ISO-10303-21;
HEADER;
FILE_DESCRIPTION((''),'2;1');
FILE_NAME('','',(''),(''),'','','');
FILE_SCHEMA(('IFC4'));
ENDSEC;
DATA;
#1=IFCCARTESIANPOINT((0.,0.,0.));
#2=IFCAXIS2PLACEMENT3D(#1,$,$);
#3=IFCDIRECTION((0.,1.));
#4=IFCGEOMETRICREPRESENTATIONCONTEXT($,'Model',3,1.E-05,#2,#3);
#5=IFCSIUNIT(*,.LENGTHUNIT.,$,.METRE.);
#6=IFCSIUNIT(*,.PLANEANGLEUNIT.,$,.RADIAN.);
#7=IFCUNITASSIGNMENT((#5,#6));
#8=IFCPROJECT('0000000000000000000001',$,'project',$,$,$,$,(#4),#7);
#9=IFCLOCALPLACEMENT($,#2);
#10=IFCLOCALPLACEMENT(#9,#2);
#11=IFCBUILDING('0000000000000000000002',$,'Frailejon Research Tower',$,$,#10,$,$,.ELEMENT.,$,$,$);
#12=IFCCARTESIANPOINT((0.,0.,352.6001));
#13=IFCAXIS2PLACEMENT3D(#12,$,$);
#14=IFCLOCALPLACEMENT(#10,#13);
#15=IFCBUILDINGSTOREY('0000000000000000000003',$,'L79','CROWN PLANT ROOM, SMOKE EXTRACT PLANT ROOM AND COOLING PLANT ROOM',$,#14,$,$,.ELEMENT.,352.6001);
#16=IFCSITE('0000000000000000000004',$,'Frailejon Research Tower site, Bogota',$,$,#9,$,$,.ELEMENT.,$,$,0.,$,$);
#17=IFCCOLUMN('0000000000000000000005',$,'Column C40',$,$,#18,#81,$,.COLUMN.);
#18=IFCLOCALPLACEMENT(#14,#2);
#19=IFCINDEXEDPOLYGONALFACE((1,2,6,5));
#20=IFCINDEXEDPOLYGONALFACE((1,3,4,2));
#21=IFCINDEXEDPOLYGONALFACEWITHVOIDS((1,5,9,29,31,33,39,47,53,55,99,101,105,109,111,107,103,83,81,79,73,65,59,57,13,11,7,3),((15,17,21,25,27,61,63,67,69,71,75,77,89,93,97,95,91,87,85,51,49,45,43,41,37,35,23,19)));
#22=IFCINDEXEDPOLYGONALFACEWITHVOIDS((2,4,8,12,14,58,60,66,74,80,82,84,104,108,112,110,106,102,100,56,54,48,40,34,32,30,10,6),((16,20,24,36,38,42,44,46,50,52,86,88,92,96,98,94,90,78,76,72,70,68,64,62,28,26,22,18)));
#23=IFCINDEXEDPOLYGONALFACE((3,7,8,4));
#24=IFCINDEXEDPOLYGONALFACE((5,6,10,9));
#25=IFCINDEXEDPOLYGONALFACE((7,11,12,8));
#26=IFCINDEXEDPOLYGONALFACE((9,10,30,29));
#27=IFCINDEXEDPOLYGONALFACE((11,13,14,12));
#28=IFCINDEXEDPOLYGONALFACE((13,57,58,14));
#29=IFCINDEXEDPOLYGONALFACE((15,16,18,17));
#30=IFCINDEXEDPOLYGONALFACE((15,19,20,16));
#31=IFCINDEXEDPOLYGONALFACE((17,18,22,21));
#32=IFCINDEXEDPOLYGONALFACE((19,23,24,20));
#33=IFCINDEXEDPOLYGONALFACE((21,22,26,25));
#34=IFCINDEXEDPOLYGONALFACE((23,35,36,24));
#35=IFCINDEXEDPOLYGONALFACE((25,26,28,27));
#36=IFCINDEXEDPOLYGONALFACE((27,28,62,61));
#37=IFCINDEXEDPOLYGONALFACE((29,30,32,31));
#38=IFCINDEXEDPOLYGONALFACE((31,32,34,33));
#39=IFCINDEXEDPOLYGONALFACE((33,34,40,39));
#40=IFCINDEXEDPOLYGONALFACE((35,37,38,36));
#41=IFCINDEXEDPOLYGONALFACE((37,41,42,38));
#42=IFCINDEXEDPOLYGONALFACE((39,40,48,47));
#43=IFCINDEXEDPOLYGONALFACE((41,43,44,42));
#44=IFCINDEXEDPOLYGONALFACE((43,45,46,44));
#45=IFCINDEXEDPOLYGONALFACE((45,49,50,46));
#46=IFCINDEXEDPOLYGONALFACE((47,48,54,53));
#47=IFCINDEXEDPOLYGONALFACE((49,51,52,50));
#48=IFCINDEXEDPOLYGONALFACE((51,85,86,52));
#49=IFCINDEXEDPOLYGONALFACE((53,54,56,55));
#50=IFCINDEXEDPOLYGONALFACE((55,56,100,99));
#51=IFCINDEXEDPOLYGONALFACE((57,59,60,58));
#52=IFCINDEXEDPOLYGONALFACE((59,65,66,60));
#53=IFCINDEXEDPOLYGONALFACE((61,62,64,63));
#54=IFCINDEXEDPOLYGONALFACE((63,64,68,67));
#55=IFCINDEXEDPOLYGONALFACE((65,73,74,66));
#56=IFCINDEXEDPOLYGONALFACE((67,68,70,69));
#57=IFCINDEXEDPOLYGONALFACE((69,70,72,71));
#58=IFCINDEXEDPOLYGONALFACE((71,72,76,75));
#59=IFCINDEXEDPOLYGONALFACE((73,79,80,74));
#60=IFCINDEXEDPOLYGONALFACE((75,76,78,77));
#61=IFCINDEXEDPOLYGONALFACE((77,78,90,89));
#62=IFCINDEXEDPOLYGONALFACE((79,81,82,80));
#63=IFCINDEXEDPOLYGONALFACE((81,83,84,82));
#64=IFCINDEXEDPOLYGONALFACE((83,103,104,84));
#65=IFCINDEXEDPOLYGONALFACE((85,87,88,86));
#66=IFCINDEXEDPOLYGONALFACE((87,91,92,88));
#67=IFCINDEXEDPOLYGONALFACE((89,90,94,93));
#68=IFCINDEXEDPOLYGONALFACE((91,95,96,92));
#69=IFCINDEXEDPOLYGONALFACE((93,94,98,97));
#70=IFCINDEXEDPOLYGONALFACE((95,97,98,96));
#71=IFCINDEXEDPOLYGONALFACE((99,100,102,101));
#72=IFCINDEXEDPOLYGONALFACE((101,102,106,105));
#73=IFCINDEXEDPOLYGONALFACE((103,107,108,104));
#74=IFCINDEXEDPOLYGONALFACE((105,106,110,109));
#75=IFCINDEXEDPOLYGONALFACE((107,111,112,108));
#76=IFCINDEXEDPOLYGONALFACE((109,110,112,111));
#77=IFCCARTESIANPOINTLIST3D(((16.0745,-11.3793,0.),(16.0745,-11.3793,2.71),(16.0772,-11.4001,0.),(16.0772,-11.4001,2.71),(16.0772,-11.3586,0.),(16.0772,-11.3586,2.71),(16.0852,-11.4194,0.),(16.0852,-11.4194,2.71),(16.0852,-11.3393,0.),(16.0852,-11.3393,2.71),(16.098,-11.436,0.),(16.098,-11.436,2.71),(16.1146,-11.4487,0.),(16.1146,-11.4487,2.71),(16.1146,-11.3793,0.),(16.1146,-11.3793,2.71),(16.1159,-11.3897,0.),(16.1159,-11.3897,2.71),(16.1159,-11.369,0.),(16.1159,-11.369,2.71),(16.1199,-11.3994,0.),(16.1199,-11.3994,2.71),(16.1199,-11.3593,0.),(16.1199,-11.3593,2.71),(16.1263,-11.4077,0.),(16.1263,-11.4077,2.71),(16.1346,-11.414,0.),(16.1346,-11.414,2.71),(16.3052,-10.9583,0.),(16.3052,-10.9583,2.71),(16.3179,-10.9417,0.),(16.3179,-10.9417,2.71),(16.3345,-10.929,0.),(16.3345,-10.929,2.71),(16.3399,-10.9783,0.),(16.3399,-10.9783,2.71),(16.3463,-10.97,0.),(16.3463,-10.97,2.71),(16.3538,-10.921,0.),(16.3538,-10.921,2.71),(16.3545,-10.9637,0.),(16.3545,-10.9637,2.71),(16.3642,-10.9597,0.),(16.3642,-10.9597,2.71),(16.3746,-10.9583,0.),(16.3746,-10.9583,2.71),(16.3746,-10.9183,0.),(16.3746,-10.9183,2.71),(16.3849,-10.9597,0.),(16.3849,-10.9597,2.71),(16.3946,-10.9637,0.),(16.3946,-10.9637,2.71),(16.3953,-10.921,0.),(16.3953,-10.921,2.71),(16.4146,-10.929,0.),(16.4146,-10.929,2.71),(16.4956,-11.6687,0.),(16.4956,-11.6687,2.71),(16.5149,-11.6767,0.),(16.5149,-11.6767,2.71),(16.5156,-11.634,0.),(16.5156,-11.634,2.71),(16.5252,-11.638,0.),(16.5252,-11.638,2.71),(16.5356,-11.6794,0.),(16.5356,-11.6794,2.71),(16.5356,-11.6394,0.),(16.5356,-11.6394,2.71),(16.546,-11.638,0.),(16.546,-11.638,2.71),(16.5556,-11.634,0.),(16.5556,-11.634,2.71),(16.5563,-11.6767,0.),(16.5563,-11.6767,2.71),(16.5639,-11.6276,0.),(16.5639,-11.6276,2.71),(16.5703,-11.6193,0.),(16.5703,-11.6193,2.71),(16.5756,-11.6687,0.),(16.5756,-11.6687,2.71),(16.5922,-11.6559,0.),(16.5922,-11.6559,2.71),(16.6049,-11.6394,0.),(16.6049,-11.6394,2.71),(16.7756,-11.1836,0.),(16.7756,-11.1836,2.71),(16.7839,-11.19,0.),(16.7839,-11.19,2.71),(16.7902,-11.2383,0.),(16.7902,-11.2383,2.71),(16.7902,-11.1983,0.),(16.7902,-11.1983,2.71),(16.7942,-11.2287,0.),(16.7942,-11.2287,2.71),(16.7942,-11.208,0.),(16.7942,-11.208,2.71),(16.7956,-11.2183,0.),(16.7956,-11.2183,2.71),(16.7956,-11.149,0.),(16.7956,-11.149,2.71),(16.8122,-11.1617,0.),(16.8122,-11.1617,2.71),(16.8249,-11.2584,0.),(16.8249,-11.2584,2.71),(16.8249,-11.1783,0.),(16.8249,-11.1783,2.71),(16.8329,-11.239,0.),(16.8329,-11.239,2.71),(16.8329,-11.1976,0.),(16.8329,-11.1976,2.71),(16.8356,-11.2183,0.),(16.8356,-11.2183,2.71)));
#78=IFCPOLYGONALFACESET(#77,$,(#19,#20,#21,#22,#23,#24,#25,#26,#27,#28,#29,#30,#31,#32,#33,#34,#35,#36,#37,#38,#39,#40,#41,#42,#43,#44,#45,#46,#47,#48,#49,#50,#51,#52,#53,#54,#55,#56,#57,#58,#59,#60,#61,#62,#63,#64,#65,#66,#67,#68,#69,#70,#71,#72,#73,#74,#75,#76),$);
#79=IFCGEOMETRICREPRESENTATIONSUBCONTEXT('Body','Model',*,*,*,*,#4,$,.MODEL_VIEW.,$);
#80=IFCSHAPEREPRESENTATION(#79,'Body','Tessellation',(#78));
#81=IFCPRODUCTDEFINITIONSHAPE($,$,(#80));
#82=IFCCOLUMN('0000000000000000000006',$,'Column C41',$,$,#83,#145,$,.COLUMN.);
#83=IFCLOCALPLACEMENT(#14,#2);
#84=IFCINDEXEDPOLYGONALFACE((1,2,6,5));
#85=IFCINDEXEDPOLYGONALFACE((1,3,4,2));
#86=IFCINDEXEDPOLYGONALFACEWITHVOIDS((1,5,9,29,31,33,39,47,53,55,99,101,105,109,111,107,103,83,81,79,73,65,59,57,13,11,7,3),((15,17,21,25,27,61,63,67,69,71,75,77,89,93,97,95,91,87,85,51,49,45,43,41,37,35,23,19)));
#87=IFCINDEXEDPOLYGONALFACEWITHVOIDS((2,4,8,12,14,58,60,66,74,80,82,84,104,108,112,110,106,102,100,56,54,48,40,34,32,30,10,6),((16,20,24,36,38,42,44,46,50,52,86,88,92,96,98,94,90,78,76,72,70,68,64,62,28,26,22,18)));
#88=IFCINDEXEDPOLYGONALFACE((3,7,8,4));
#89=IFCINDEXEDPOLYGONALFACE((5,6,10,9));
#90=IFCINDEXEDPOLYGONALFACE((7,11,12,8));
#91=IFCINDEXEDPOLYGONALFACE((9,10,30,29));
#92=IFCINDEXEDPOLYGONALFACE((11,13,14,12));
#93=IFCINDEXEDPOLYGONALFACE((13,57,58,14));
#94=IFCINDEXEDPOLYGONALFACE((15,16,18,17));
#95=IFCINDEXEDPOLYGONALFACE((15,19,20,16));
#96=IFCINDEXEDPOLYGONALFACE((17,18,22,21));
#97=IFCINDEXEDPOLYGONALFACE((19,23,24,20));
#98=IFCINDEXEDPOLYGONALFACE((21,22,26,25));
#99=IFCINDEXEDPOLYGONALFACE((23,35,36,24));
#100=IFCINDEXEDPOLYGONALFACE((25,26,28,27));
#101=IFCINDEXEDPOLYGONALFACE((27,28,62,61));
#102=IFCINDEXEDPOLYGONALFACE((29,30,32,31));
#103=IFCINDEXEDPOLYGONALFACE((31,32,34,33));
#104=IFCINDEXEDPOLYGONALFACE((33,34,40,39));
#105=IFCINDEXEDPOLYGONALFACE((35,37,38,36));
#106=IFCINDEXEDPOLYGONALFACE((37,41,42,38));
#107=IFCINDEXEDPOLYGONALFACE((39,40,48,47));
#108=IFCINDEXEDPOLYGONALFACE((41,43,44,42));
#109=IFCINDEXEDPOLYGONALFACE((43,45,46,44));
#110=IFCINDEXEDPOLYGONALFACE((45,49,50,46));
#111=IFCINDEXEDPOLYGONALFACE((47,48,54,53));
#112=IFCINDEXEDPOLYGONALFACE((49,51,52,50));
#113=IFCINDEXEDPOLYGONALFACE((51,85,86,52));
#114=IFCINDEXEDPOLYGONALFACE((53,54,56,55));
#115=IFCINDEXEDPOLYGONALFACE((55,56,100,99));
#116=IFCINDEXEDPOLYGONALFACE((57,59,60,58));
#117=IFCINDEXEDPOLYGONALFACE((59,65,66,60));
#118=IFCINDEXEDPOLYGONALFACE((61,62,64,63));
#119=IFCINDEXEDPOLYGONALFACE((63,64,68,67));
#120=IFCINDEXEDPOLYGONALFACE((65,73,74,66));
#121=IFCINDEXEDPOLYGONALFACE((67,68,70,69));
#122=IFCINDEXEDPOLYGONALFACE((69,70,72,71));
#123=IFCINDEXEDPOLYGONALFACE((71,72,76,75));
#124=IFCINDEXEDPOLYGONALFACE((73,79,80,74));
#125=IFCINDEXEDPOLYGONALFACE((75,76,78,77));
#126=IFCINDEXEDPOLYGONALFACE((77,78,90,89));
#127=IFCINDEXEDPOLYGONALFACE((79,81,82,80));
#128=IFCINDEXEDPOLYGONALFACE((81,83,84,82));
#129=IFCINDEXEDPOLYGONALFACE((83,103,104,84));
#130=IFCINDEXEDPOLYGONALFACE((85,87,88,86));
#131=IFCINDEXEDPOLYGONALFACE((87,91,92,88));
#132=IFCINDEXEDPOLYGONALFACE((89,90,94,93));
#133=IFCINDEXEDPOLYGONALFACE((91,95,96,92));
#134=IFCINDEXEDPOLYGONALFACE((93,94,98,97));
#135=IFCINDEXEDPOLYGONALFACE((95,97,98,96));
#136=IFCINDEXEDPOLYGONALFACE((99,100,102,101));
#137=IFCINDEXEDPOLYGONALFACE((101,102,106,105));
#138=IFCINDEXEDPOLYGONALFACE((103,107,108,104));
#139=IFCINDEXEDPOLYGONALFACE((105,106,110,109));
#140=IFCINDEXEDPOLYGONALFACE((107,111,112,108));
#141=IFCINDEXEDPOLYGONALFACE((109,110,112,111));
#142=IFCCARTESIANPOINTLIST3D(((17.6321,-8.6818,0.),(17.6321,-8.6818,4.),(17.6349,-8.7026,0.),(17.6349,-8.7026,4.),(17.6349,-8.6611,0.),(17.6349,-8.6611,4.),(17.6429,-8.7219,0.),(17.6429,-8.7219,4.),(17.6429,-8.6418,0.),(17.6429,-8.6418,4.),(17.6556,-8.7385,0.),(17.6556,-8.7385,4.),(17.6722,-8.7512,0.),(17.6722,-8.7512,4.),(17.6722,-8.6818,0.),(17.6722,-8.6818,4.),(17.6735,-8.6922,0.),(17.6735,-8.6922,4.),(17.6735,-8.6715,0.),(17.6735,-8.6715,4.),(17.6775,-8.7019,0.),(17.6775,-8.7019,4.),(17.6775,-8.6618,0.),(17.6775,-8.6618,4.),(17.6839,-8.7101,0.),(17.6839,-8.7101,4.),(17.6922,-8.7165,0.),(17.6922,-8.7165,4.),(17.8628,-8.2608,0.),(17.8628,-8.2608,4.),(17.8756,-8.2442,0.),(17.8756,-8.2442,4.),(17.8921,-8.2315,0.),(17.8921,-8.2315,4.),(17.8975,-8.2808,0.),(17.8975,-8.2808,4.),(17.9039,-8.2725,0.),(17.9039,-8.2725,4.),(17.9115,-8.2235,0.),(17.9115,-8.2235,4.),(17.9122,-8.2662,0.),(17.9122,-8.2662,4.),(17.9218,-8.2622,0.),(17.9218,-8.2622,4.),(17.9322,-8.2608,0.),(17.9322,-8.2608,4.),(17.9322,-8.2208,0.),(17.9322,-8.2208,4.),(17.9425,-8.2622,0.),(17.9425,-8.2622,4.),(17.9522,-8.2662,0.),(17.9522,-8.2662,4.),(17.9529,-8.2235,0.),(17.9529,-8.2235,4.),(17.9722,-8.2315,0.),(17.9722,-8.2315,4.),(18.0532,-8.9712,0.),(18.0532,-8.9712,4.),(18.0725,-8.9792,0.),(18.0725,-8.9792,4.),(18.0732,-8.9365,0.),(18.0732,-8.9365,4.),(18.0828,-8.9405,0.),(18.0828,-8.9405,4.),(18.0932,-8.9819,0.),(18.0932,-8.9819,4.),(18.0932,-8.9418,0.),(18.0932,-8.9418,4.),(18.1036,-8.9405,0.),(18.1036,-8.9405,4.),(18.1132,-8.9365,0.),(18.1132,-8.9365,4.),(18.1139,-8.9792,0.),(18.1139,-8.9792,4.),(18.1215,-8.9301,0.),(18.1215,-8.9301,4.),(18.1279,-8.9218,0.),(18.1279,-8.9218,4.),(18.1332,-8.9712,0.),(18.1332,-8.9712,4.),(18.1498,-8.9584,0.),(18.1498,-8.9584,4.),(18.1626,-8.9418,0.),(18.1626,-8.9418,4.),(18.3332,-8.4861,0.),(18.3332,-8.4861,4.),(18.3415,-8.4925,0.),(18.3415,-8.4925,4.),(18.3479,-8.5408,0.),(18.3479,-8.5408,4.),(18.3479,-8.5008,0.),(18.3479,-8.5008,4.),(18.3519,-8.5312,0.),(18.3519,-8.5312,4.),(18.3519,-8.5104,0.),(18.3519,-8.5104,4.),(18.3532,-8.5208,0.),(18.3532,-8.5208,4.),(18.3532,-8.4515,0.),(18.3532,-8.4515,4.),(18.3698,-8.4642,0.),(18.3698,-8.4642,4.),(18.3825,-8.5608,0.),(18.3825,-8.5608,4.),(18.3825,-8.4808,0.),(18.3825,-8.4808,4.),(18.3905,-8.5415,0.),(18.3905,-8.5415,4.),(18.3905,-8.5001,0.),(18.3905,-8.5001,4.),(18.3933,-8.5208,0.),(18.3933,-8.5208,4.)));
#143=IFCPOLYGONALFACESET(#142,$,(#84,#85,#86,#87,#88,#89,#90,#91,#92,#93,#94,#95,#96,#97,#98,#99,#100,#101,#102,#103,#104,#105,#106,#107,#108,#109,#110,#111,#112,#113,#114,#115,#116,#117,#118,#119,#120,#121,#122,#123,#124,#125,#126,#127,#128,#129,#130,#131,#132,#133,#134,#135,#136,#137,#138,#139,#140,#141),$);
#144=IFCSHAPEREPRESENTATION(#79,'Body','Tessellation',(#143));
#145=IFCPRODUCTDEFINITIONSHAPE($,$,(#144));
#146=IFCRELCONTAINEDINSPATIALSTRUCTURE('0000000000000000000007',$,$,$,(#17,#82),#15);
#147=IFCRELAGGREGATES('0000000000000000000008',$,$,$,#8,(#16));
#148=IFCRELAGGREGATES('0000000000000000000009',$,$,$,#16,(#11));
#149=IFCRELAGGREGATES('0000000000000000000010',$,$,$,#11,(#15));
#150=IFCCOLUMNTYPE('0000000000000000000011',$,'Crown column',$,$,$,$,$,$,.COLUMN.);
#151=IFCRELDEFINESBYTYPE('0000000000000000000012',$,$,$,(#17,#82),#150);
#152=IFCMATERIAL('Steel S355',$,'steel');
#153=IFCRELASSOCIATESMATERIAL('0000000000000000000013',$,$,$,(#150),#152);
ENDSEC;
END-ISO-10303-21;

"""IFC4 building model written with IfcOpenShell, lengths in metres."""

from ifc_helpers import new_model, si_unit, direction, frame, origin, origin_2d, place, context, subcontext, project, spatial, hollow_rectangle, extrude, material, material_profile, profile_set, type_object, element, save


model = new_model("IFC4")

# Units and contexts
model_context = context("Model", 3, precision=1e-05, world=origin(), true_north=direction((0.0, 1.0)))
body_context = subcontext(model_context, "Body", "Model", "MODEL_VIEW")
ifc_project = project(units=[si_unit("LENGTHUNIT", "METRE"), si_unit("PLANEANGLEUNIT", "RADIAN")], contexts=[model_context])

# Site, building, storey
site_placement = place(None, origin())
site = spatial("IfcSite", under=ifc_project, at=site_placement, Name="Frailejon Research Tower site, Bogota", CompositionType="ELEMENT", RefElevation=0.0)
building_placement = place(site_placement, origin())
building = spatial("IfcBuilding", under=site, at=building_placement, Name="Frailejon Research Tower", CompositionType="ELEMENT")
storey_placement = place(building_placement, frame((0.0, 0.0, 352.6001)))
storey = spatial("IfcBuildingStorey", under=building, at=storey_placement, Name="L79", Description="CROWN PLANT ROOM, SMOKE EXTRACT PLANT ROOM AND COOLING PLANT ROOM", CompositionType="ELEMENT", Elevation=352.6001)

# Columns
ifc_material_1 = material(Name="Steel S355", Category="steel")
ifc_material_profile_1 = material_profile(ifc_material_1, hollow_rectangle(XDim=0.6001, YDim=0.6001, WallThickness=0.04, InnerFilletRadius=0.04, OuterFilletRadius=0.0801, at=origin_2d()), Name="Crown column")
ifc_profile_set_1 = profile_set([ifc_material_profile_1], Name="Steel S355")
column_type = type_object("IfcColumnType", Name="Crown column", PredefinedType="COLUMN", material=ifc_profile_set_1)
column_placement = place(storey_placement, frame((16.4551, -11.2988, 0.0), z_axis=(0.0, 0.0, 1.0), x_axis=(0.5, 0.866025, 0.0)))
element("IfcColumn", 1, at=column_placement, inside=storey, type_object=column_type, Name="Column C40", PredefinedType="COLUMN", context=body_context, shape_type="SweptSolid", body=[
    extrude(hollow_rectangle(XDim=0.6001, YDim=0.6001, WallThickness=0.04, InnerFilletRadius=0.04, OuterFilletRadius=0.0801, at=origin_2d()), origin(), (0.0, 0.0, 1.0), 2.71),
])
for number, where, z_axis, x_axis, name in (
    (2, (18.0127, -8.6013, 0.0), (0.0, 0.0, 1.0), (0.5, 0.866025, 0.0), "Column C41"),
):
    element("IfcColumn", number, at=place(storey_placement, frame(where, z_axis=z_axis, x_axis=x_axis)), inside=storey, type_object=column_type, Name=name, PredefinedType="COLUMN", context=body_context, shape_type="SweptSolid", body=[
        extrude(hollow_rectangle(XDim=0.6001, YDim=0.6001, WallThickness=0.04, InnerFilletRadius=0.04, OuterFilletRadius=0.0801, at=origin_2d()), origin(), (0.0, 0.0, 1.0), 4.0),
    ])

save(model, "model.ifc")
